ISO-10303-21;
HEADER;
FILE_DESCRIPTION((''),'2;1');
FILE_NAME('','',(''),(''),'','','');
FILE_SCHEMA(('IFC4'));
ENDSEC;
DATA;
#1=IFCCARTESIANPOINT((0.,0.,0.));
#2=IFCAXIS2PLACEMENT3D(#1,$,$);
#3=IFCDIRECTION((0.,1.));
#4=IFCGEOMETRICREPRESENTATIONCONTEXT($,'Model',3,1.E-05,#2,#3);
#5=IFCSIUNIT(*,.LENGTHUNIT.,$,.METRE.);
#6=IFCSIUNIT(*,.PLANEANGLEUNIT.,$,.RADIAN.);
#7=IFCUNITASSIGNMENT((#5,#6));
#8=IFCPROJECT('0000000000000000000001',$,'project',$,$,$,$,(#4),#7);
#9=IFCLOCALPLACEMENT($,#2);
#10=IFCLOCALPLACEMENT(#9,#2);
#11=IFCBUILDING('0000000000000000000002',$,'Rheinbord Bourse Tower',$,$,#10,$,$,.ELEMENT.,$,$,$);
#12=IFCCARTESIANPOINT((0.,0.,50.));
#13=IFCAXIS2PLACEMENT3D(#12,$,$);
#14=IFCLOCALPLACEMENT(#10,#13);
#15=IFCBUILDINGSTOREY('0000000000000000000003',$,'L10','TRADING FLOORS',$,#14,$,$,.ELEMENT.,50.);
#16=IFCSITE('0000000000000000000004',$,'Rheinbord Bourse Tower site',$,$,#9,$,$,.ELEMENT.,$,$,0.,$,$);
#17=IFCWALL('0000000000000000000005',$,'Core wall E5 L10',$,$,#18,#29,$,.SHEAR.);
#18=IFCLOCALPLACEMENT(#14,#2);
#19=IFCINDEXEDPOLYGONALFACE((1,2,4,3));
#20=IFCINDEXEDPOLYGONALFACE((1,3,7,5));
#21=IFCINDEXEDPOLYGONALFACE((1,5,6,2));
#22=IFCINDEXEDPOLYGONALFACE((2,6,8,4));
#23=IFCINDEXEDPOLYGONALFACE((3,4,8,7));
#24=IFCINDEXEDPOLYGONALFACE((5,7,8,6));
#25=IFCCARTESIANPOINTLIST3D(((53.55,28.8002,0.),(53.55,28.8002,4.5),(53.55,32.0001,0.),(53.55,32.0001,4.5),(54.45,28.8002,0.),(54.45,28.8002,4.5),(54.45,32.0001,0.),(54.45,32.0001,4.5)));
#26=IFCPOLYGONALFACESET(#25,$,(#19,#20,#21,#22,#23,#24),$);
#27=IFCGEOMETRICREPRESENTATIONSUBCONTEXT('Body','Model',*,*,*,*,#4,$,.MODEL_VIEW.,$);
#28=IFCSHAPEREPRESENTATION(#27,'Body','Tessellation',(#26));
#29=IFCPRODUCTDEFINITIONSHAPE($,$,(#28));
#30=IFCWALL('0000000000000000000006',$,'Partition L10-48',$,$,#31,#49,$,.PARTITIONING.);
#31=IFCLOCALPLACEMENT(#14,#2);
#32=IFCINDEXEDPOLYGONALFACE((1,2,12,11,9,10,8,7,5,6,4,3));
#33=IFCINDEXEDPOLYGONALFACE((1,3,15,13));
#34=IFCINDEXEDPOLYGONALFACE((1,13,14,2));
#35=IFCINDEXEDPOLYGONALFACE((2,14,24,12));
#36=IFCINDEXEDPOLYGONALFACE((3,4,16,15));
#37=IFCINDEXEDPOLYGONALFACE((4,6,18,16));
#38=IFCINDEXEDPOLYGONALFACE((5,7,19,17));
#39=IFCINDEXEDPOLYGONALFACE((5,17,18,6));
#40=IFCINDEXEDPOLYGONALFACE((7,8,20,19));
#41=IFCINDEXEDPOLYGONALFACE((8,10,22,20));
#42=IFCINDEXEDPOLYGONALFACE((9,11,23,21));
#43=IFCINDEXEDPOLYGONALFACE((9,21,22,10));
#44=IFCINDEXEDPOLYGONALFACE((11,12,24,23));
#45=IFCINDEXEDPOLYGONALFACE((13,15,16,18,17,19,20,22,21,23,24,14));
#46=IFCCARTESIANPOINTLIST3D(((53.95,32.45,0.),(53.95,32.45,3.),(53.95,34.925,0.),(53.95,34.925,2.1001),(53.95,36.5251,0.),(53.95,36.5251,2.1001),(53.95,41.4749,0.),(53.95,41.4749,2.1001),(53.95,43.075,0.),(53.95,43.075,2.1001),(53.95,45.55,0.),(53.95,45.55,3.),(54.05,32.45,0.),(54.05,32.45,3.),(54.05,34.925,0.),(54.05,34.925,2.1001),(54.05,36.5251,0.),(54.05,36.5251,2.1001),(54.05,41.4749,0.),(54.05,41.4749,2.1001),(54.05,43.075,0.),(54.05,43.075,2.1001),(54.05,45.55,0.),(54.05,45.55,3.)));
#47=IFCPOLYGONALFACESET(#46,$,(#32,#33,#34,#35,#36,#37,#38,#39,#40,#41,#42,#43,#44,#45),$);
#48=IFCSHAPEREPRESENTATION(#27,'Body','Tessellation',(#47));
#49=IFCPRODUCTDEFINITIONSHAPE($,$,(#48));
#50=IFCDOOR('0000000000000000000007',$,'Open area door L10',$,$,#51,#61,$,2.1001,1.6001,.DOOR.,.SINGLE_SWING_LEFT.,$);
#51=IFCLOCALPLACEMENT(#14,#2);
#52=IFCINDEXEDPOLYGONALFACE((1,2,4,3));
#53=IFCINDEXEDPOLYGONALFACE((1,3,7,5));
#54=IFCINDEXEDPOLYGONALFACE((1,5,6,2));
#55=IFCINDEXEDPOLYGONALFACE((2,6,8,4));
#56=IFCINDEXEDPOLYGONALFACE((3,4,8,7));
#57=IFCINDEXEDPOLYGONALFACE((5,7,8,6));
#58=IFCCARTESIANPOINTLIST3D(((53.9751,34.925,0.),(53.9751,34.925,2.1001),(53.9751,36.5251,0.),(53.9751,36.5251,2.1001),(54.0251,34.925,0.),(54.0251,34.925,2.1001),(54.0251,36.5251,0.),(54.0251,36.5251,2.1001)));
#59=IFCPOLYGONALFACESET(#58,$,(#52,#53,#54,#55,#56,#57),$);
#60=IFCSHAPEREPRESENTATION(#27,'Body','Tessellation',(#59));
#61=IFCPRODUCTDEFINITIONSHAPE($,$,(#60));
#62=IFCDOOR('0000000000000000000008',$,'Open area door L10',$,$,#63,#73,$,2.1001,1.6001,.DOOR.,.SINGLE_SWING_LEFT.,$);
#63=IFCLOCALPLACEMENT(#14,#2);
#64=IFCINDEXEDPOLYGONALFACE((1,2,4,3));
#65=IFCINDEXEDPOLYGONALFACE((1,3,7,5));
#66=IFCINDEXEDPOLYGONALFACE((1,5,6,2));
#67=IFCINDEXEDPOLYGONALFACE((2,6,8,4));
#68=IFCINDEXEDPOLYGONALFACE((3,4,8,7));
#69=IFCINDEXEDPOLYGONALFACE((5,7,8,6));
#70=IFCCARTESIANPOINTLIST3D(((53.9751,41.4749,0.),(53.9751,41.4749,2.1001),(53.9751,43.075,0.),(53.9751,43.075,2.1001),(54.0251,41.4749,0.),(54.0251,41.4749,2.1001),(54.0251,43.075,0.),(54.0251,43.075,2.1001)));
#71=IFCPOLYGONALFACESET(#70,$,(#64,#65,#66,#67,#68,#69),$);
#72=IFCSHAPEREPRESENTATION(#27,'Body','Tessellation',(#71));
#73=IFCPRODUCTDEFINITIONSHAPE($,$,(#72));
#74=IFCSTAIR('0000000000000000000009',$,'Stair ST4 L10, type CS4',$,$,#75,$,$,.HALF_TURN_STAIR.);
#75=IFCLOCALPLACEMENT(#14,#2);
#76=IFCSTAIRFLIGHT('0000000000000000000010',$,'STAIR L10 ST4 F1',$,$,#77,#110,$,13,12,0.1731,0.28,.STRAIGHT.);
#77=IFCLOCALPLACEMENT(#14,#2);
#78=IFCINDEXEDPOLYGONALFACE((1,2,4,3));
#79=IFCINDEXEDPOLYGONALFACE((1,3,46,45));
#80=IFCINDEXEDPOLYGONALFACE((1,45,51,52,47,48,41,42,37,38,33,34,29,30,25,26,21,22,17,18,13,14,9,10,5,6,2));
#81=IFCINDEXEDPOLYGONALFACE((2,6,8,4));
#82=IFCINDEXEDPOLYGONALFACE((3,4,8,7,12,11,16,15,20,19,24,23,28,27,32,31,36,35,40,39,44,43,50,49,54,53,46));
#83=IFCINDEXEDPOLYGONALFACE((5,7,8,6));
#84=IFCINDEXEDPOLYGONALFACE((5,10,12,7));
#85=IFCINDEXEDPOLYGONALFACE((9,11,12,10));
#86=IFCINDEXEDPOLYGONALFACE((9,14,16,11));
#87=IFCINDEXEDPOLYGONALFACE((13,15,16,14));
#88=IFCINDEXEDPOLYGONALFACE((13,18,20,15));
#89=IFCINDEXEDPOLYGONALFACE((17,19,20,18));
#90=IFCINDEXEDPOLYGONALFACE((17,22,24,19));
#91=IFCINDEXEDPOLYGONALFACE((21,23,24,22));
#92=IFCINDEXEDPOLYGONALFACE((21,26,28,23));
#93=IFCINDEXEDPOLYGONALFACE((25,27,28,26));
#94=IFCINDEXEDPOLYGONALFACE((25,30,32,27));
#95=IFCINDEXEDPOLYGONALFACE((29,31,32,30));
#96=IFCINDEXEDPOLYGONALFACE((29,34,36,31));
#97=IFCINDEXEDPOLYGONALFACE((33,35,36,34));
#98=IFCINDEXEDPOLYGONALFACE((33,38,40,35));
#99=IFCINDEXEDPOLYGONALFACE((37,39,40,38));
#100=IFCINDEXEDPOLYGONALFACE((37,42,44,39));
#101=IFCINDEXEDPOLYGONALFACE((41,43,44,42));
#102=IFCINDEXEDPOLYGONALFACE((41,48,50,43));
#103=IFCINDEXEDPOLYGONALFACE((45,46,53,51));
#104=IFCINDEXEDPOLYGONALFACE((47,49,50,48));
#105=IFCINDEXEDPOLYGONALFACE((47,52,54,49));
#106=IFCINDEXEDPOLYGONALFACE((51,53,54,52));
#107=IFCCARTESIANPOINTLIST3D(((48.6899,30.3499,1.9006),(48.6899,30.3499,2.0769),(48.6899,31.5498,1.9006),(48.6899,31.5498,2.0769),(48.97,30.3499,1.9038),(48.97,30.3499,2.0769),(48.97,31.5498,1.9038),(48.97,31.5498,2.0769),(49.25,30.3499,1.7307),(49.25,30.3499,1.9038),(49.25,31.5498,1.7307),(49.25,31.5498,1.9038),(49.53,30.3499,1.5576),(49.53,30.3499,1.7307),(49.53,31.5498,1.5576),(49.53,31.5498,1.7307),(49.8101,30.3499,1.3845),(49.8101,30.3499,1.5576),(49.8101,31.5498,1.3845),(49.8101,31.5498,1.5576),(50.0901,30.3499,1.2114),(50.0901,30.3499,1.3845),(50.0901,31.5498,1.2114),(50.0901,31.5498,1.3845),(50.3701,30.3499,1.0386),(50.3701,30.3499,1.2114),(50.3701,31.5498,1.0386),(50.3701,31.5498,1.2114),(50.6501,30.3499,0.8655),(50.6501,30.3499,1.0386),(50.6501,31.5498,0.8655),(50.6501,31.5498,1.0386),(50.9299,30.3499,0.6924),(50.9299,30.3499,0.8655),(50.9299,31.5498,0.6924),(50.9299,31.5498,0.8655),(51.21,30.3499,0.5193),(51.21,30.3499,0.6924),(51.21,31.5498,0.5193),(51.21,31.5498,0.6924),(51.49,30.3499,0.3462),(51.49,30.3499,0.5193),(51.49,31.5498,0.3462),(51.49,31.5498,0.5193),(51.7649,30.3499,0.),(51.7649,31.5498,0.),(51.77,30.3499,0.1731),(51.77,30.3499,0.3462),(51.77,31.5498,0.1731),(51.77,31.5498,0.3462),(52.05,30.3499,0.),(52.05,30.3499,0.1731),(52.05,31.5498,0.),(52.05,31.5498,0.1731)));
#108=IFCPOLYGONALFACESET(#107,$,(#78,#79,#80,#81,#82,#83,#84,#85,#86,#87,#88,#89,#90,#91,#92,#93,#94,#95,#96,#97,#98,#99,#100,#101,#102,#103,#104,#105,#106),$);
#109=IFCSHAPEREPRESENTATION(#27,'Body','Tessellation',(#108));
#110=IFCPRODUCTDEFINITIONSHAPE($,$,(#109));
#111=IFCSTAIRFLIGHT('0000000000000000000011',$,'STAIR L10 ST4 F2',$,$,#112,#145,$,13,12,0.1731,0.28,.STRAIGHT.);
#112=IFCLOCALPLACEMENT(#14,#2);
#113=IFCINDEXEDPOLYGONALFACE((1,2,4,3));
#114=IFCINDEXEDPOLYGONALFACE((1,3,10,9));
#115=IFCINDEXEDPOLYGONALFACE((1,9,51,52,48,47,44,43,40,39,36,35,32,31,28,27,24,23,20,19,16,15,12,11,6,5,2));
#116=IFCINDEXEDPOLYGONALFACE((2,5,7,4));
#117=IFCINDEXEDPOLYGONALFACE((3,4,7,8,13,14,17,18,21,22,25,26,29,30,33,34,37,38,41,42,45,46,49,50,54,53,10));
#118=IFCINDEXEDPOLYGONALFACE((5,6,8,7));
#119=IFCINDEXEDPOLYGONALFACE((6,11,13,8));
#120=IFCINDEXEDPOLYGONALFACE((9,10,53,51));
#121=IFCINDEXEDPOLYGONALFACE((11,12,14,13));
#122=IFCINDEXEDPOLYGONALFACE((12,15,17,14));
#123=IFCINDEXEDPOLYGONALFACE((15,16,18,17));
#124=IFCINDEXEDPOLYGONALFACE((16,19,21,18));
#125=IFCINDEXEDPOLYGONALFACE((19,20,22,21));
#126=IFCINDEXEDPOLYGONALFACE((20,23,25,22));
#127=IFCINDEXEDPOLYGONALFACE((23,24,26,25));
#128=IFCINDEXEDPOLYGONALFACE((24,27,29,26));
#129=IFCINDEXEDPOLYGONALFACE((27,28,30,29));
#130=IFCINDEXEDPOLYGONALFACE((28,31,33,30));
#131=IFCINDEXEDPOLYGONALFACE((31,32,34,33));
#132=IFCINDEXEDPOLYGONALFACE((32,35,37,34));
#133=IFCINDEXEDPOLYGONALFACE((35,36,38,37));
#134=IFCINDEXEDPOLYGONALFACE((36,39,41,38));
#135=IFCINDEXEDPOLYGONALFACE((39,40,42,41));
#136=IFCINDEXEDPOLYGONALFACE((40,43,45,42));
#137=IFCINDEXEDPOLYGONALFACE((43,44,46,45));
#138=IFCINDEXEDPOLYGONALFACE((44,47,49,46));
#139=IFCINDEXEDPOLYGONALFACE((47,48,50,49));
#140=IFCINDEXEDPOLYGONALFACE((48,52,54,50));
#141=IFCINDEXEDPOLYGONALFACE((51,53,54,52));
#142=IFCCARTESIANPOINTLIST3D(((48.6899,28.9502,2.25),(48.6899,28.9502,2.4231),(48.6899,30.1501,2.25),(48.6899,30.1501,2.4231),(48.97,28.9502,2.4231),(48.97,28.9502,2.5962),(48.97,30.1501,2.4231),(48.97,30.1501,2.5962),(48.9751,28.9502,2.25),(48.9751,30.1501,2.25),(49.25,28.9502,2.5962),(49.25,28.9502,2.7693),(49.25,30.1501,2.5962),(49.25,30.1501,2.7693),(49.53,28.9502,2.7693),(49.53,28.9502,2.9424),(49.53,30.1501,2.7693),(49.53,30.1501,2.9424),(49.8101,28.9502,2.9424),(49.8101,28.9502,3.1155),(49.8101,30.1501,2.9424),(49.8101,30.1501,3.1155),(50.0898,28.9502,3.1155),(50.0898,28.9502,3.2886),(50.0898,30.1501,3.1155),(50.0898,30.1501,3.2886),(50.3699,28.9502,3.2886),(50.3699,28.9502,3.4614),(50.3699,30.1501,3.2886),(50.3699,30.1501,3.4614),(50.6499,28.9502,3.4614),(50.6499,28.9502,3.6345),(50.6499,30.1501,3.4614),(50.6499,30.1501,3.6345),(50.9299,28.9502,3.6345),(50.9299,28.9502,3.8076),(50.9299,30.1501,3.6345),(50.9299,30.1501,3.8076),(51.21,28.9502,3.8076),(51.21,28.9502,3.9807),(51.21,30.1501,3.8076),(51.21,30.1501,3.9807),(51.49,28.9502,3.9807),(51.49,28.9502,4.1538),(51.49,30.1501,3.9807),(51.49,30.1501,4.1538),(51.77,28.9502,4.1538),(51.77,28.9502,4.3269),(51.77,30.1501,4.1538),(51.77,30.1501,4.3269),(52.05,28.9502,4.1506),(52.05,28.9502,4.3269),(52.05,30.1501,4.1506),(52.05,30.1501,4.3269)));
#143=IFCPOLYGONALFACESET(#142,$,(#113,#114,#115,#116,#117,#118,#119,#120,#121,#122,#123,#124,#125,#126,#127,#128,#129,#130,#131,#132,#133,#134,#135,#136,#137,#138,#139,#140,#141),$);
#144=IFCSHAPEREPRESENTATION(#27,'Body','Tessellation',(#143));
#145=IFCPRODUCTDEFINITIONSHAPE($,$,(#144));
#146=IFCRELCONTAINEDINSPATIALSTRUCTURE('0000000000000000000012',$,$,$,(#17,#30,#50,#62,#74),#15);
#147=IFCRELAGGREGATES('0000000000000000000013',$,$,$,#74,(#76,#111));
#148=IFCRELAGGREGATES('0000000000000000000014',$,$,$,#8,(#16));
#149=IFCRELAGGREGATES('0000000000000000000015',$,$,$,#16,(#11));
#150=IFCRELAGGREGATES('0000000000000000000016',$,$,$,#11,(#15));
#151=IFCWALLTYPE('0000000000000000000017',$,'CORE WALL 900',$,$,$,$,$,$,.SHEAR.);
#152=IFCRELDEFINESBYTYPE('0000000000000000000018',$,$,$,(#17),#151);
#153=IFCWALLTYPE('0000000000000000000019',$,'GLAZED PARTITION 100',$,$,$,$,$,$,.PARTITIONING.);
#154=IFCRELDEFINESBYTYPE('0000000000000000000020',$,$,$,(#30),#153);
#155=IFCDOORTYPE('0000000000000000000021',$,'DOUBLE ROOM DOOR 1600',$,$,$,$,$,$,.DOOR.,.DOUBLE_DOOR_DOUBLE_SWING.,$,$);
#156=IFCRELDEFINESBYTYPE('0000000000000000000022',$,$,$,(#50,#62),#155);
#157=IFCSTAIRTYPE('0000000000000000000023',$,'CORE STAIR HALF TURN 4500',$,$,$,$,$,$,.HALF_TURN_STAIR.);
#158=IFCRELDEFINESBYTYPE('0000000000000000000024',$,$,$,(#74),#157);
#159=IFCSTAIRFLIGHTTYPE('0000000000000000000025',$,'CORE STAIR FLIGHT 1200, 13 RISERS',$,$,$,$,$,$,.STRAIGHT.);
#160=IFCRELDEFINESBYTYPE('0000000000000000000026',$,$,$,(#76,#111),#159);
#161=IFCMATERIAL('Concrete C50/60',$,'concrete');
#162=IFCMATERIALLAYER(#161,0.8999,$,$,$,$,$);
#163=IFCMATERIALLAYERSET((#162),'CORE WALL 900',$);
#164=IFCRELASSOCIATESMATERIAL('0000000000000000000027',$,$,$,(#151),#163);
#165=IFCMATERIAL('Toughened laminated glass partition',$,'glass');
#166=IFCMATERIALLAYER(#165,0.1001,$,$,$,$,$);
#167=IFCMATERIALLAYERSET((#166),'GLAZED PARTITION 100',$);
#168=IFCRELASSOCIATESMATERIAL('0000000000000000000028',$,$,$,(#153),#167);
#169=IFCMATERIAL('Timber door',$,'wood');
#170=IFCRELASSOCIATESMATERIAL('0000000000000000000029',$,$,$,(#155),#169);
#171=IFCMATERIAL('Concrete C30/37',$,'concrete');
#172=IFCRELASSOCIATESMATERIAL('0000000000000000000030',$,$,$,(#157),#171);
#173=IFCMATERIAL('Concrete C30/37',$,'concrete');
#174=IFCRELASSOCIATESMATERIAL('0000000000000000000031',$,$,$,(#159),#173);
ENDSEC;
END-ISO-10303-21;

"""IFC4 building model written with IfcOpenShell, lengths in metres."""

from ifc_helpers import new_model, si_unit, direction, frame, frame_2d, origin, place, context, subcontext, project, spatial, polyline, rectangle, outline, extrude, material, layer, layer_set, type_object, element, fill, aggregate, save


model = new_model("IFC4")

# Units and contexts
model_context = context("Model", 3, precision=1e-05, world=origin(), true_north=direction((0.0, 1.0)))
body_context = subcontext(model_context, "Body", "Model", "MODEL_VIEW")
ifc_project = project(units=[si_unit("LENGTHUNIT", "METRE"), si_unit("PLANEANGLEUNIT", "RADIAN")], contexts=[model_context])

# Site, building, storey
site_placement = place(None, origin())
site = spatial("IfcSite", under=ifc_project, at=site_placement, Name="Rheinbord Bourse Tower site", CompositionType="ELEMENT", RefElevation=0.0)
building_placement = place(site_placement, origin())
building = spatial("IfcBuilding", under=site, at=building_placement, Name="Rheinbord Bourse Tower", CompositionType="ELEMENT")
storey_placement = place(building_placement, frame((0.0, 0.0, 50.0)))
storey = spatial("IfcBuildingStorey", under=building, at=storey_placement, Name="L10", Description="TRADING FLOORS", CompositionType="ELEMENT", Elevation=50.0)

# Shared definitions
ifc_material_1 = material(Name="Concrete C50/60", Category="concrete")
ifc_layer_1 = layer(ifc_material_1, 0.8999)
ifc_layer_set_1 = layer_set([ifc_layer_1], Name="CORE WALL 900")
wall_type_1 = type_object("IfcWallType", Name="CORE WALL 900", PredefinedType="SHEAR", material=ifc_layer_set_1)

# Wall
wall_1_placement = place(storey_placement, frame((54.0, 28.8, 0.0), z_axis=(0.0, 0.0, 1.0), x_axis=(0.0, 1.0, 0.0)))
element("IfcWall", 1, at=wall_1_placement, inside=storey, type_object=wall_type_1, Name="Core wall E5 L10", PredefinedType="SHEAR", context=body_context, shape_type="SweptSolid", body=[
    extrude(rectangle(XDim=3.2, YDim=0.8999, at=frame_2d((1.6001, 0.0))), origin(), (0.0, 0.0, 1.0), 4.5),
])

# Wall, openings, doors
ifc_material_2 = material(Name="Toughened laminated glass partition", Category="glass")
ifc_layer_2 = layer(ifc_material_2, 0.1001)
ifc_layer_set_2 = layer_set([ifc_layer_2], Name="GLAZED PARTITION 100")
wall_type_2 = type_object("IfcWallType", Name="GLAZED PARTITION 100", PredefinedType="PARTITIONING", material=ifc_layer_set_2)
wall_2_placement = place(storey_placement, frame((54.0, 32.45, 0.0), z_axis=(0.0, 0.0, 1.0), x_axis=(0.0, 1.0, 0.0)))
wall_2 = element("IfcWall", 2, at=wall_2_placement, inside=storey, type_object=wall_type_2, Name="Partition L10-48", PredefinedType="PARTITIONING", context=body_context, shape_type="SweptSolid", body=[
    extrude(rectangle(XDim=13.1001, YDim=0.1001, at=frame_2d((6.55, 0.0))), origin(), (0.0, 0.0, 1.0), 3.0),
])
opening_1_placement = place(wall_2_placement, frame((2.4751, 0.0, 0.0)))
opening_1 = element("IfcOpeningElement", 3, at=opening_1_placement, cuts=wall_2, PredefinedType="OPENING", context=body_context, shape_type="SweptSolid", body=[
    extrude(rectangle(XDim=1.6001, YDim=2.1001, at=frame_2d((0.8, 1.05))), frame((0.0, 0.0601, 0.0), z_axis=(0.0, -1.0, 0.0), x_axis=(1.0, 0.0, 0.0)), (0.0, 0.0, 1.0), 0.1201),
])
opening_2_placement = place(wall_2_placement, frame((9.0249, 0.0, 0.0)))
opening_2 = element("IfcOpeningElement", 4, at=opening_2_placement, cuts=wall_2, PredefinedType="OPENING", context=body_context, shape_type="SweptSolid", body=[
    extrude(rectangle(XDim=1.6001, YDim=2.1001, at=frame_2d((0.8, 1.05))), frame((0.0, 0.0601, 0.0), z_axis=(0.0, -1.0, 0.0), x_axis=(1.0, 0.0, 0.0)), (0.0, 0.0, 1.0), 0.1201),
])
ifc_material_3 = material(Name="Timber door", Category="wood")
door_type_1 = type_object("IfcDoorType", Name="DOUBLE ROOM DOOR 1600", OperationType="DOUBLE_DOOR_DOUBLE_SWING", PredefinedType="DOOR", material=ifc_material_3)
door_1_placement = place(opening_1_placement, origin())
door_1 = element("IfcDoor", 5, at=door_1_placement, inside=storey, type_object=door_type_1, Name="Open area door L10", OperationType="SINGLE_SWING_LEFT", OverallHeight=2.1001, OverallWidth=1.6001, PredefinedType="DOOR", context=body_context, shape_type="SweptSolid", body=[
    extrude(rectangle(XDim=1.6001, YDim=2.1001, at=frame_2d((0.8, 1.05))), frame((0.0, 0.0249, 0.0), z_axis=(0.0, -1.0, 0.0), x_axis=(1.0, 0.0, 0.0)), (0.0, 0.0, 1.0), 0.05),
])
fill(opening_1, door_1)
door_2_placement = place(opening_2_placement, origin())
door_2 = element("IfcDoor", 6, at=door_2_placement, inside=storey, type_object=door_type_1, Name="Open area door L10", OperationType="SINGLE_SWING_LEFT", OverallHeight=2.1001, OverallWidth=1.6001, PredefinedType="DOOR", context=body_context, shape_type="SweptSolid", body=[
    extrude(rectangle(XDim=1.6001, YDim=2.1001, at=frame_2d((0.8, 1.05))), frame((0.0, 0.0249, 0.0), z_axis=(0.0, -1.0, 0.0), x_axis=(1.0, 0.0, 0.0)), (0.0, 0.0, 1.0), 0.05),
])
fill(opening_2, door_2)

# Stair, stair flights
ifc_material_4 = material(Name="Concrete C30/37", Category="concrete")
stair_type = type_object("IfcStairType", Name="CORE STAIR HALF TURN 4500", PredefinedType="HALF_TURN_STAIR", material=ifc_material_4)
stair_placement = place(storey_placement, origin())
stair = element("IfcStair", 7, at=stair_placement, inside=storey, type_object=stair_type, Name="Stair ST4 L10, type CS4", PredefinedType="HALF_TURN_STAIR")
ifc_material_5 = material(Name="Concrete C30/37", Category="concrete")
stair_flight_type = type_object("IfcStairFlightType", Name="CORE STAIR FLIGHT 1200, 13 RISERS", PredefinedType="STRAIGHT", material=ifc_material_5)
stair_flight_1_placement = place(storey_placement, frame((52.05, 30.95, 0.0), z_axis=(0.0, 0.0, 1.0), x_axis=(-1.0, 0.0, 0.0)))
stair_flight_1 = element("IfcStairFlight", 8, at=stair_flight_1_placement, type_object=stair_flight_type, Name="STAIR L10 ST4 F1", NumberOfRisers=13, NumberOfTreads=12, PredefinedType="STRAIGHT", RiserHeight=0.1731, TreadLength=0.28, context=body_context, shape_type="SweptSolid", body=[
    extrude(outline(polyline([(0.0, 0.0), (0.0, 0.1731), (0.28, 0.1731), (0.28, 0.3462), (0.5601, 0.3462), (0.5601, 0.5193), (0.8401, 0.5193), (0.8401, 0.6924), (1.1201, 0.6924), (1.1201, 0.8655), (1.3999, 0.8655), (1.3999, 1.0386), (1.6799, 1.0386), (1.6799, 1.2114), (1.96, 1.2114), (1.96, 1.3845), (2.24, 1.3845), (2.24, 1.5576), (2.52, 1.5576), (2.52, 1.7307), (2.8, 1.7307), (2.8, 1.9038), (3.0801, 1.9038), (3.0801, 2.0769), (3.3601, 2.0769), (3.3601, 2.25), (3.3601, 1.9006), (0.2852, 0.0), (0.0, 0.0)])), frame((0.0, 0.6001, 0.0), z_axis=(0.0, -1.0, 0.0), x_axis=(1.0, 0.0, 0.0)), (0.0, 0.0, 1.0), 1.2),
])
stair_flight_2_placement = place(storey_placement, frame((48.6899, 29.55, 2.25), z_axis=(0.0, 0.0, 1.0), x_axis=(1.0, 0.0, 0.0)))
stair_flight_2 = element("IfcStairFlight", 9, at=stair_flight_2_placement, type_object=stair_flight_type, Name="STAIR L10 ST4 F2", NumberOfRisers=13, NumberOfTreads=12, PredefinedType="STRAIGHT", RiserHeight=0.1731, TreadLength=0.28, context=body_context, shape_type="SweptSolid", body=[
    extrude(outline(polyline([(0.0, 0.0), (0.0, 0.1731), (0.28, 0.1731), (0.28, 0.3462), (0.5601, 0.3462), (0.5601, 0.5193), (0.8401, 0.5193), (0.8401, 0.6924), (1.1201, 0.6924), (1.1201, 0.8655), (1.3999, 0.8655), (1.3999, 1.0386), (1.6799, 1.0386), (1.6799, 1.2114), (1.96, 1.2114), (1.96, 1.3845), (2.24, 1.3845), (2.24, 1.5576), (2.52, 1.5576), (2.52, 1.7307), (2.8, 1.7307), (2.8, 1.9038), (3.0801, 1.9038), (3.0801, 2.0769), (3.3601, 2.0769), (3.3601, 2.25), (3.3601, 1.9006), (0.2852, 0.0), (0.0, 0.0)])), frame((0.0, 0.6001, 0.0), z_axis=(0.0, -1.0, 0.0), x_axis=(1.0, 0.0, 0.0)), (0.0, 0.0, 1.0), 1.2),
])
aggregate(stair, [stair_flight_1, stair_flight_2])

save(model, "model.ifc")
